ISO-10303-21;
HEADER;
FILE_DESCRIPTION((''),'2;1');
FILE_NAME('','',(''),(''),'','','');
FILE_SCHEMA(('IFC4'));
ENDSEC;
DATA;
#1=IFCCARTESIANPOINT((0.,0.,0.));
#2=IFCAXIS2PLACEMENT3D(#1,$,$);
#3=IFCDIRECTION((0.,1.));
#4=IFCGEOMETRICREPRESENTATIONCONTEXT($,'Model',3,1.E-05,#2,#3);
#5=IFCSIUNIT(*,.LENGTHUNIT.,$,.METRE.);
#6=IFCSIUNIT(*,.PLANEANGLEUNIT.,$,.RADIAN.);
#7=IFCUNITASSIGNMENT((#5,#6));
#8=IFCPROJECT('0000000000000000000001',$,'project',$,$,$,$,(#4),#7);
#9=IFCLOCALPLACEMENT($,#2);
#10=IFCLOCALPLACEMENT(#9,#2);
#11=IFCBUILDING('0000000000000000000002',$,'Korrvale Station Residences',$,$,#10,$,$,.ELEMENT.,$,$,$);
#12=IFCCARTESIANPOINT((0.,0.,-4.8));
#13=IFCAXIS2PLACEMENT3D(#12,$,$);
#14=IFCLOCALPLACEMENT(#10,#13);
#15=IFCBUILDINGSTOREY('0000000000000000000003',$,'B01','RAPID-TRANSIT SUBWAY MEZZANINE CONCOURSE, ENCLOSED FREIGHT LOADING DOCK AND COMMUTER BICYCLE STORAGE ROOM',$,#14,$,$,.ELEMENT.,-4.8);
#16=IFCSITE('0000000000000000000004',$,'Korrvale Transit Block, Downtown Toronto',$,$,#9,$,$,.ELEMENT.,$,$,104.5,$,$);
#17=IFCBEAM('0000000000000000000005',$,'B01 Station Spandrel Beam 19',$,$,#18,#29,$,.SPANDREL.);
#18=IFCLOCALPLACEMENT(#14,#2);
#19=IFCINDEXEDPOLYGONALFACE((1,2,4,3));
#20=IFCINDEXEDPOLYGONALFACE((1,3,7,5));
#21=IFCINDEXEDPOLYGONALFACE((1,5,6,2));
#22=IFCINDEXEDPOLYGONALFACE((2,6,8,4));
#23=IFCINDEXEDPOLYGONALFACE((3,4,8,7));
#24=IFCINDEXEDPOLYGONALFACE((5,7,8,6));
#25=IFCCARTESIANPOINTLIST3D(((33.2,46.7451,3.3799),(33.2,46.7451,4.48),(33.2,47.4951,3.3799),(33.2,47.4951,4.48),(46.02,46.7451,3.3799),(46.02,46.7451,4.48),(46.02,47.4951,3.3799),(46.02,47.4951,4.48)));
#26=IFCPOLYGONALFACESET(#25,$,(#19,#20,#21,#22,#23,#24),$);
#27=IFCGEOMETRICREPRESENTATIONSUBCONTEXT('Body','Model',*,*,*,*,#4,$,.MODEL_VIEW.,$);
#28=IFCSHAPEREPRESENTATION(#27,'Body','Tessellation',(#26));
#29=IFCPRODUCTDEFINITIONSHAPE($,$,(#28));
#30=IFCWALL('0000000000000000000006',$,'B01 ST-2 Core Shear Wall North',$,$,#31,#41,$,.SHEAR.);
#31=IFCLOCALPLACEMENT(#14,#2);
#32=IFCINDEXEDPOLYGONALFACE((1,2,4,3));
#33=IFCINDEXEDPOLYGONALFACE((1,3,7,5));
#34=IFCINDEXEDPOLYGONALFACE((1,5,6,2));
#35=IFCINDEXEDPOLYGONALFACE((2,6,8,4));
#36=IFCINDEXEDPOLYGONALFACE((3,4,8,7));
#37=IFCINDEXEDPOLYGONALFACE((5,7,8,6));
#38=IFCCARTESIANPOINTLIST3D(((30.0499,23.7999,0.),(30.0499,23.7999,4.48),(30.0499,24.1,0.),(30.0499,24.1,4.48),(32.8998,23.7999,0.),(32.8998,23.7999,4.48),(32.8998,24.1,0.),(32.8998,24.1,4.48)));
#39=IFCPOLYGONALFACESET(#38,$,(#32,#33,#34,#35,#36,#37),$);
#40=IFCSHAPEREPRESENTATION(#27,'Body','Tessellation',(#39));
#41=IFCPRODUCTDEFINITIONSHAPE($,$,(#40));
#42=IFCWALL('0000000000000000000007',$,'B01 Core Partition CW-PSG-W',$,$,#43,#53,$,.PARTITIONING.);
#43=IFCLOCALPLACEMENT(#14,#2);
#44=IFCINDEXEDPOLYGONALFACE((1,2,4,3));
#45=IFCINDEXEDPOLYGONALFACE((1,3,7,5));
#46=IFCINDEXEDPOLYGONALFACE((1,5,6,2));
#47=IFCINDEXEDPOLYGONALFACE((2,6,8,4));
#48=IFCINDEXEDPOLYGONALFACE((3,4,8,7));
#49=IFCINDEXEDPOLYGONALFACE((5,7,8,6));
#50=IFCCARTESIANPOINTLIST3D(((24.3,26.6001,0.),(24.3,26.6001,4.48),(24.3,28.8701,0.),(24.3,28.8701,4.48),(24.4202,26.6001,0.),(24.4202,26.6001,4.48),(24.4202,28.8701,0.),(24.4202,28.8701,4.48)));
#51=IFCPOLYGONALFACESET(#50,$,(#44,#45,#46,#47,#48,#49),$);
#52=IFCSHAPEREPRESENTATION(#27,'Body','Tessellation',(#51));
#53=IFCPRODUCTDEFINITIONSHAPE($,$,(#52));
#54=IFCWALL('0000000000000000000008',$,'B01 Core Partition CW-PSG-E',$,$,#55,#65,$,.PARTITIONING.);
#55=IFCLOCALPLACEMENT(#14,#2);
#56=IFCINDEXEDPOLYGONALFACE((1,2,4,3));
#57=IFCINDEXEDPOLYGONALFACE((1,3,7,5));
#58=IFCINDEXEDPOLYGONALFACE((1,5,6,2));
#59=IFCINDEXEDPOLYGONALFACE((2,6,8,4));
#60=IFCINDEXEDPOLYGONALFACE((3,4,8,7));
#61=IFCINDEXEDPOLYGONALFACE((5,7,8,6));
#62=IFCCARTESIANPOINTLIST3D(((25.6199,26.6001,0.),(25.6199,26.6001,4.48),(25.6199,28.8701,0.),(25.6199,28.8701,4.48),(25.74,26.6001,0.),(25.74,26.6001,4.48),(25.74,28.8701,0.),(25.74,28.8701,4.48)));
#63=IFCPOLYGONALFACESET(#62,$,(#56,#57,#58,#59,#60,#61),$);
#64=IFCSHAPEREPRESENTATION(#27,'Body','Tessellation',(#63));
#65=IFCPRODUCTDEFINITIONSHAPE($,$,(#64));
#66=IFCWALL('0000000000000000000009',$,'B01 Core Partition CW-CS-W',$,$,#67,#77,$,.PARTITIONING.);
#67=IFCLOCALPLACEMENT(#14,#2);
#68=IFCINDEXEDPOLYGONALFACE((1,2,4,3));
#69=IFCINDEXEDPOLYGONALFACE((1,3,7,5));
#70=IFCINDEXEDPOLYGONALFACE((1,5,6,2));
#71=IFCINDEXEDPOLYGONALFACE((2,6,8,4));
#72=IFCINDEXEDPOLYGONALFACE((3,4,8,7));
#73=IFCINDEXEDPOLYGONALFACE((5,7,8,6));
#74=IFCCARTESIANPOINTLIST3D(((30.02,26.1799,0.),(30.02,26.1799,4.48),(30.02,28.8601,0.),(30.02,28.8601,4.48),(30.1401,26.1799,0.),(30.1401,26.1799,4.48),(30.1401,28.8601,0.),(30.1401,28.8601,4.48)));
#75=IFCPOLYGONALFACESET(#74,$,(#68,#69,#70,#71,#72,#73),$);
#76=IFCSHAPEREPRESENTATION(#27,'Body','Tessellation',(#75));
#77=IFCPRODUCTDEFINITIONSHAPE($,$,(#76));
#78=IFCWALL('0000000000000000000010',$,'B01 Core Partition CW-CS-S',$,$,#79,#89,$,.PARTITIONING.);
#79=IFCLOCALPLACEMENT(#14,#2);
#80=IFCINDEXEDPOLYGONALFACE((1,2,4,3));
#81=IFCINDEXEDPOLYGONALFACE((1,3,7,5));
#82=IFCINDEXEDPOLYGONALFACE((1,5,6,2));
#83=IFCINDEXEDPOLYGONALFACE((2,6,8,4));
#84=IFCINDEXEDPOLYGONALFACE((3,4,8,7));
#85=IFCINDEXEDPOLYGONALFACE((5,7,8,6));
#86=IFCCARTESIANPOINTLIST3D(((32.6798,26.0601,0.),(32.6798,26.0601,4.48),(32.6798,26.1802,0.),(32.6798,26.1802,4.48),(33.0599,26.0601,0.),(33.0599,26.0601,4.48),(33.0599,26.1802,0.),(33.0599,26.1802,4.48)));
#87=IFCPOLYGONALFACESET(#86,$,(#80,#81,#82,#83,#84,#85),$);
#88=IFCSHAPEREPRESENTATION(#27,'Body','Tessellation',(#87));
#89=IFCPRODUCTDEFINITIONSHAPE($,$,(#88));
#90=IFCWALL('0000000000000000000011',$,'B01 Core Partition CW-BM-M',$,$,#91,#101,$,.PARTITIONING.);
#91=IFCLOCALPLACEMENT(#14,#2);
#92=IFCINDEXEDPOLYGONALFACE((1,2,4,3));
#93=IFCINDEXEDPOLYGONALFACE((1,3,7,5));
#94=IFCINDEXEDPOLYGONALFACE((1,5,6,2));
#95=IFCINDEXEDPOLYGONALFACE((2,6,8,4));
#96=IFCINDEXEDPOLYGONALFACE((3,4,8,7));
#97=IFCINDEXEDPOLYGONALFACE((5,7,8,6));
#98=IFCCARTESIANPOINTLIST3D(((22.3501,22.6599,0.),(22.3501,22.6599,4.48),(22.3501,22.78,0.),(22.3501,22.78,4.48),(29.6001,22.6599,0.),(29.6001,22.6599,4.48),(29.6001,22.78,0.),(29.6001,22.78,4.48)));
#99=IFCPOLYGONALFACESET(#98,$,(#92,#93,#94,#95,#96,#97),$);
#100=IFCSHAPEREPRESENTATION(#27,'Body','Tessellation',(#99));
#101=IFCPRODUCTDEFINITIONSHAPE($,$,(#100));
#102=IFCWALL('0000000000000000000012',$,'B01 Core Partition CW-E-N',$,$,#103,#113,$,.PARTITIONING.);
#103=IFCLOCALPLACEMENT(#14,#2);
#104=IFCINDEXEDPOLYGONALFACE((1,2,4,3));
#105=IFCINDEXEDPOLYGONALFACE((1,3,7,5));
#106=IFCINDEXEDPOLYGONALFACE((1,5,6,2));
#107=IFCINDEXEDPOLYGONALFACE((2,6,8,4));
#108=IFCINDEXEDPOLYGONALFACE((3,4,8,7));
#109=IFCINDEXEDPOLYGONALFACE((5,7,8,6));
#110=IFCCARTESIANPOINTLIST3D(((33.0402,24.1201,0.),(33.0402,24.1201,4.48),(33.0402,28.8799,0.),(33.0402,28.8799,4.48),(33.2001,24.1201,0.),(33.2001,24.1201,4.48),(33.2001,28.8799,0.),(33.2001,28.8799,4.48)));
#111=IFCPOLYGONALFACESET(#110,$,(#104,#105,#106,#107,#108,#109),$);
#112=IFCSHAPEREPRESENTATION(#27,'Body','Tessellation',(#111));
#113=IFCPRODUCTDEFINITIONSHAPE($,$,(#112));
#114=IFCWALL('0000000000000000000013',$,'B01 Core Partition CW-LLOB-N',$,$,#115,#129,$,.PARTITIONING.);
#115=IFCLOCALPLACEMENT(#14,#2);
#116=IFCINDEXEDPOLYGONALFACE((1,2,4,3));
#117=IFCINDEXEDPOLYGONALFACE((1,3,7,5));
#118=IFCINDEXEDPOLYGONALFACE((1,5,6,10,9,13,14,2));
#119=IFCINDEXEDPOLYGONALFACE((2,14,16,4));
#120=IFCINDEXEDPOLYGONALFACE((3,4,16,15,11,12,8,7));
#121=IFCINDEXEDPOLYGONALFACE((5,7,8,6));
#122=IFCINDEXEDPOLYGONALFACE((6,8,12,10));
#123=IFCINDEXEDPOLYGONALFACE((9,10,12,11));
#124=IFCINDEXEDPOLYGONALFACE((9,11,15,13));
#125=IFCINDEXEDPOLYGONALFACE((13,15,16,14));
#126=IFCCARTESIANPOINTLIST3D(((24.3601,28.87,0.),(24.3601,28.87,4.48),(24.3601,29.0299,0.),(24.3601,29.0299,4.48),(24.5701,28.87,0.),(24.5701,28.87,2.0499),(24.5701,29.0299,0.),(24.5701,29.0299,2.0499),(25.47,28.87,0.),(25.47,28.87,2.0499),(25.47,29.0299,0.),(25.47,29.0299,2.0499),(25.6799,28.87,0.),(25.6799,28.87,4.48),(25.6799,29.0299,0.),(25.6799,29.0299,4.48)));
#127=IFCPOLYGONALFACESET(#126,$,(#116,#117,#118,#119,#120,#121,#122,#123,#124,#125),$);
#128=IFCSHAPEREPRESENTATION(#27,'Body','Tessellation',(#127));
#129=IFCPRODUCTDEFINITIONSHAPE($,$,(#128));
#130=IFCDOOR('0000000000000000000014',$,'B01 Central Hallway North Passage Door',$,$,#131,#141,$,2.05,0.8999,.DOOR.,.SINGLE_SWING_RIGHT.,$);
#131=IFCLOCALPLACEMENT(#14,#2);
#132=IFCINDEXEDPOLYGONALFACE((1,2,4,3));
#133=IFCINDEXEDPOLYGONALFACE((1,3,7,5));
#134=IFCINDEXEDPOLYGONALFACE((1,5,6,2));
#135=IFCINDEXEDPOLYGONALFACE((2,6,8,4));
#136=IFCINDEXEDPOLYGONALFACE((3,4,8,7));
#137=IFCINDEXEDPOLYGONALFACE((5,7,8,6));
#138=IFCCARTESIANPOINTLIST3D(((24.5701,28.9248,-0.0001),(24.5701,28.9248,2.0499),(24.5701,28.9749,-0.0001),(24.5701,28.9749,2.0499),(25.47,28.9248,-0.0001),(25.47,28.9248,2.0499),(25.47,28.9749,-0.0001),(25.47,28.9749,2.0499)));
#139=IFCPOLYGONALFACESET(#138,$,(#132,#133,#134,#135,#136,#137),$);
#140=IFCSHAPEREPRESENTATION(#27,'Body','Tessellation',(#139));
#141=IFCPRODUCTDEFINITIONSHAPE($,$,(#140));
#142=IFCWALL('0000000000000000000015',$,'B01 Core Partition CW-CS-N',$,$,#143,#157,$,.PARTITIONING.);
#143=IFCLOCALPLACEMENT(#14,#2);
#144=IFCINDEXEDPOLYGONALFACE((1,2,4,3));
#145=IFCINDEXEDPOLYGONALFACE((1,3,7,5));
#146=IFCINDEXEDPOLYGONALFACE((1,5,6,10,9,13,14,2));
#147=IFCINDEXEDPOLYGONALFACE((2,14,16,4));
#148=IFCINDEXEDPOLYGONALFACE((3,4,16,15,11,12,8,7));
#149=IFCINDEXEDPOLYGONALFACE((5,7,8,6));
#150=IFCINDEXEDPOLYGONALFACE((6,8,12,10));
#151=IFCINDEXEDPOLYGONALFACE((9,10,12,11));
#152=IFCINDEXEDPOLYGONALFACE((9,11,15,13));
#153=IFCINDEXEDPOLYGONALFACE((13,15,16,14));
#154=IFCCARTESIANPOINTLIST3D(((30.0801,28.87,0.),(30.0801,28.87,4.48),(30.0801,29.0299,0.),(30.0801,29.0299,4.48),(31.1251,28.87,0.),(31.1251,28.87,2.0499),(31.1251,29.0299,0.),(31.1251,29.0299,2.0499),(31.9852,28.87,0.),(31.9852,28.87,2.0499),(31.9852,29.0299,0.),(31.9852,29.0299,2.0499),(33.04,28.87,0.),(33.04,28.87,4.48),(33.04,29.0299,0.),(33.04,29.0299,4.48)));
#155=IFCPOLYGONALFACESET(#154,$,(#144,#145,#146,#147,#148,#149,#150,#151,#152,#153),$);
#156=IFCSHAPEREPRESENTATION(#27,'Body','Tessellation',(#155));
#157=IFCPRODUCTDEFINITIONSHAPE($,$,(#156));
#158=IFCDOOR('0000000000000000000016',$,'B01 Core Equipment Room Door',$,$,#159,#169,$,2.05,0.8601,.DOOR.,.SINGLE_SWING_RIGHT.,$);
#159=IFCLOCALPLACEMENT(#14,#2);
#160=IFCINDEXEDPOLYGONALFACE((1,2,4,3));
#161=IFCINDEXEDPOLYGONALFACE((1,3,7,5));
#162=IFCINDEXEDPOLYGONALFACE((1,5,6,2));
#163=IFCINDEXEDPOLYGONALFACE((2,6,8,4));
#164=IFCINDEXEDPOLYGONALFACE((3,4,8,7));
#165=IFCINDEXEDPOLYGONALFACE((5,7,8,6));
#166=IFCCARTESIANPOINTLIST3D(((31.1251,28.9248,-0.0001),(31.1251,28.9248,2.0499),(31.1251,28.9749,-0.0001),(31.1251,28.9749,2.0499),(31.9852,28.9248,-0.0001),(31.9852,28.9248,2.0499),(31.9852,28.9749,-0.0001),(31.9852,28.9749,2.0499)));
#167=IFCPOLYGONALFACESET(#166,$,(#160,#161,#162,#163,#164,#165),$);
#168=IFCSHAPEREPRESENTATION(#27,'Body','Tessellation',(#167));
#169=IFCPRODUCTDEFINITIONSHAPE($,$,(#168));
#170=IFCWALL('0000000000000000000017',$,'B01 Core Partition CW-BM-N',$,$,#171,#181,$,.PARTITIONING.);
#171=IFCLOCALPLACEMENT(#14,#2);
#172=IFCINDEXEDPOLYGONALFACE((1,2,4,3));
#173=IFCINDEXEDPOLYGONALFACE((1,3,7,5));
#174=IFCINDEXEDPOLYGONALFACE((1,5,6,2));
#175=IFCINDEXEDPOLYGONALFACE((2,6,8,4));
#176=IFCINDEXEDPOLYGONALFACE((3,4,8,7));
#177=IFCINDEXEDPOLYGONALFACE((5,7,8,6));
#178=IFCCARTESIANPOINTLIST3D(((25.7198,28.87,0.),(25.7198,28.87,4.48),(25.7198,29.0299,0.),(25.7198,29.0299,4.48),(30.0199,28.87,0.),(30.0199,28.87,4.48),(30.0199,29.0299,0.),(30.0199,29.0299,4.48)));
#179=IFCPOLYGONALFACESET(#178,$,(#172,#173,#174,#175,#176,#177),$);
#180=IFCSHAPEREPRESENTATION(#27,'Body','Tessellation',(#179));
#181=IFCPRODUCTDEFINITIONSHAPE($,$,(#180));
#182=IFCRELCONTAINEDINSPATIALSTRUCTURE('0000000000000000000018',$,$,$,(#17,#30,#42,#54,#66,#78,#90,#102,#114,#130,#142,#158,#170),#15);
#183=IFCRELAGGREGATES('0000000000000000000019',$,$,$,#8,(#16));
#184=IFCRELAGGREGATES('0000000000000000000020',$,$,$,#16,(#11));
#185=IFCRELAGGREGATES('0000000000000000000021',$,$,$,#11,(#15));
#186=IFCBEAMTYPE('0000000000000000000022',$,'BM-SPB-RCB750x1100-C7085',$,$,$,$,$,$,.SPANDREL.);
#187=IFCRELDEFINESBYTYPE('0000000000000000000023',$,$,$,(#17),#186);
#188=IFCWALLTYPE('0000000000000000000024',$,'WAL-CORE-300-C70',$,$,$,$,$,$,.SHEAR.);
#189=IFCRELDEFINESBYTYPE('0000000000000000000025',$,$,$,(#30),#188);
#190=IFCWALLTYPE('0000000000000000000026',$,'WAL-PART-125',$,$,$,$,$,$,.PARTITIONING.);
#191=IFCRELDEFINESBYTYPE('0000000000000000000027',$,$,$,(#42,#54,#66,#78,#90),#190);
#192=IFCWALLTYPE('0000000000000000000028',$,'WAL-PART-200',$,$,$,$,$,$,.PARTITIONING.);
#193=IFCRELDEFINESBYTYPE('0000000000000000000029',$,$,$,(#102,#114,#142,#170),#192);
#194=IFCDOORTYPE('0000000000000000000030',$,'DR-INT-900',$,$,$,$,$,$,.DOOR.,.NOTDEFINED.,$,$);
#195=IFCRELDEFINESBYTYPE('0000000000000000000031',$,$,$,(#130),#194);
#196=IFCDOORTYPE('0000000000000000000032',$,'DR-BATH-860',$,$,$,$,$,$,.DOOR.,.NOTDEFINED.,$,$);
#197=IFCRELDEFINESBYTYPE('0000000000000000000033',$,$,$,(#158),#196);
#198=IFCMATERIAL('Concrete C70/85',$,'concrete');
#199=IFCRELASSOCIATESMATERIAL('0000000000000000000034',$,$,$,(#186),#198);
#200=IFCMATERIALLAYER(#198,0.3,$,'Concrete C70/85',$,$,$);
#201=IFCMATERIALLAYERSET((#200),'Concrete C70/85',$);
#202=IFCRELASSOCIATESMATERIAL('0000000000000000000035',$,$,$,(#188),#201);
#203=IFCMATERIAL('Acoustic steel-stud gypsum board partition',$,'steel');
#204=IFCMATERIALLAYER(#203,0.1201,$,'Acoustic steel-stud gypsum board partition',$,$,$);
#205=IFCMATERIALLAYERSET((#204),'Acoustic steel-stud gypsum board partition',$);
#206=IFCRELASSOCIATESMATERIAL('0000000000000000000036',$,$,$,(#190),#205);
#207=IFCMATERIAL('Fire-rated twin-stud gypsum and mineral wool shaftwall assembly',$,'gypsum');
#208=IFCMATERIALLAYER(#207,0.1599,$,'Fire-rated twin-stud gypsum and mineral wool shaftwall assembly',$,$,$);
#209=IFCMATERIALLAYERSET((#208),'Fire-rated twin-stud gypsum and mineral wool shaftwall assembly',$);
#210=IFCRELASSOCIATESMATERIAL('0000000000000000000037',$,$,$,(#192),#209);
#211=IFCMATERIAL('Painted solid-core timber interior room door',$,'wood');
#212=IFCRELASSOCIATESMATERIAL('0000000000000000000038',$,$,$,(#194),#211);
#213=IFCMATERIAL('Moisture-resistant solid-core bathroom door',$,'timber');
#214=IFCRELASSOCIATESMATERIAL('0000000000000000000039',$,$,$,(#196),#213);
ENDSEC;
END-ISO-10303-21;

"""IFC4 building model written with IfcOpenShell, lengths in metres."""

from ifc_helpers import new_model, si_unit, direction, frame, frame_2d, origin, origin_2d, place, context, subcontext, project, spatial, rectangle, extrude, material, layer, layer_set, material_profile, profile_set, type_object, element, fill, save


model = new_model("IFC4")

# Units and contexts
model_context = context("Model", 3, precision=1e-05, world=origin(), true_north=direction((0.0, 1.0)))
body_context = subcontext(model_context, "Body", "Model", "MODEL_VIEW")
ifc_project = project(units=[si_unit("LENGTHUNIT", "METRE"), si_unit("PLANEANGLEUNIT", "RADIAN")], contexts=[model_context])

# Site, building, storey
site_placement = place(None, origin())
site = spatial("IfcSite", under=ifc_project, at=site_placement, Name="Korrvale Transit Block, Downtown Toronto", CompositionType="ELEMENT", RefElevation=104.5)
building_placement = place(site_placement, origin())
building = spatial("IfcBuilding", under=site, at=building_placement, Name="Korrvale Station Residences", CompositionType="ELEMENT")
storey_placement = place(building_placement, frame((0.0, 0.0, -4.8)))
storey = spatial("IfcBuildingStorey", under=building, at=storey_placement, Name="B01", Description="RAPID-TRANSIT SUBWAY MEZZANINE CONCOURSE, ENCLOSED FREIGHT LOADING DOCK AND COMMUTER BICYCLE STORAGE ROOM", CompositionType="ELEMENT", Elevation=-4.8)

# Shared definitions
ifc_material_1 = material(Name="Concrete C70/85", Category="concrete")

# Beam
ifc_material_profile_1 = material_profile(ifc_material_1, rectangle(XDim=0.75, YDim=1.1001, at=origin_2d()), Name="RCB750x1100")
ifc_profile_set_1 = profile_set([ifc_material_profile_1], Name="Concrete C70/85")
beam_type_1 = type_object("IfcBeamType", Name="BM-SPB-RCB750x1100-C7085", PredefinedType="SPANDREL", material=ifc_profile_set_1)
beam_1_placement = place(storey_placement, frame((33.2, 47.1201, 3.9299), z_axis=(1.0, 0.0, 0.0), x_axis=(0.0, 1.0, 0.0)))
element("IfcBeam", 1, at=beam_1_placement, inside=storey, type_object=beam_type_1, Name="B01 Station Spandrel Beam 19", PredefinedType="SPANDREL", context=body_context, shape_type="SweptSolid", body=[
    extrude(rectangle(XDim=0.75, YDim=1.1001, at=origin_2d()), origin(), (0.0, 0.0, 1.0), 12.8201),
])

# Walls
ifc_layer_1 = layer(ifc_material_1, 0.3, Name="Concrete C70/85")
ifc_layer_set_1 = layer_set([ifc_layer_1], Name="Concrete C70/85")
wall_type_1 = type_object("IfcWallType", Name="WAL-CORE-300-C70", PredefinedType="SHEAR", material=ifc_layer_set_1)
wall_1_placement = place(storey_placement, frame((30.05, 23.95, 0.0), z_axis=(0.0, 0.0, 1.0), x_axis=(1.0, 0.0, 0.0)))
element("IfcWall", 2, at=wall_1_placement, inside=storey, type_object=wall_type_1, Name="B01 ST-2 Core Shear Wall North", PredefinedType="SHEAR", context=body_context, shape_type="SweptSolid", body=[
    extrude(rectangle(XDim=2.8499, YDim=0.3, at=frame_2d((1.4248, 0.0))), origin(), (0.0, 0.0, 1.0), 4.48),
])
ifc_material_2 = material(Name="Acoustic steel-stud gypsum board partition", Category="steel")
ifc_layer_2 = layer(ifc_material_2, 0.1201, Name="Acoustic steel-stud gypsum board partition")
ifc_layer_set_2 = layer_set([ifc_layer_2], Name="Acoustic steel-stud gypsum board partition")
wall_type_2 = type_object("IfcWallType", Name="WAL-PART-125", PredefinedType="PARTITIONING", material=ifc_layer_set_2)
for number, where, z_axis, x_axis, name in (
    (3, (24.3601, 26.6001, 0.0), (0.0, 0.0, 1.0), (0.0, 1.0, 0.0), "B01 Core Partition CW-PSG-W"),
    (4, (25.6799, 26.6001, 0.0), (0.0, 0.0, 1.0), (0.0, 1.0, 0.0), "B01 Core Partition CW-PSG-E"),
):
    element("IfcWall", number, at=place(storey_placement, frame(where, z_axis=z_axis, x_axis=x_axis)), inside=storey, type_object=wall_type_2, Name=name, PredefinedType="PARTITIONING", context=body_context, shape_type="SweptSolid", body=[
        extrude(rectangle(XDim=2.27, YDim=0.1201, at=frame_2d((1.135, 0.0))), origin(), (0.0, 0.0, 1.0), 4.48),
    ])
wall_2_placement = place(storey_placement, frame((30.0801, 26.1799, 0.0), z_axis=(0.0, 0.0, 1.0), x_axis=(0.0, 1.0, 0.0)))
element("IfcWall", 5, at=wall_2_placement, inside=storey, type_object=wall_type_2, Name="B01 Core Partition CW-CS-W", PredefinedType="PARTITIONING", context=body_context, shape_type="SweptSolid", body=[
    extrude(rectangle(XDim=2.6802, YDim=0.1201, at=frame_2d((1.3401, 0.0))), origin(), (0.0, 0.0, 1.0), 4.48),
])
wall_3_placement = place(storey_placement, frame((32.6799, 26.1201, 0.0), z_axis=(0.0, 0.0, 1.0), x_axis=(1.0, 0.0, 0.0)))
element("IfcWall", 6, at=wall_3_placement, inside=storey, type_object=wall_type_2, Name="B01 Core Partition CW-CS-S", PredefinedType="PARTITIONING", context=body_context, shape_type="SweptSolid", body=[
    extrude(rectangle(XDim=0.3801, YDim=0.1201, at=frame_2d((0.1899, 0.0))), origin(), (0.0, 0.0, 1.0), 4.48),
])
wall_4_placement = place(storey_placement, frame((22.3501, 22.72, 0.0), z_axis=(0.0, 0.0, 1.0), x_axis=(1.0, 0.0, 0.0)))
element("IfcWall", 7, at=wall_4_placement, inside=storey, type_object=wall_type_2, Name="B01 Core Partition CW-BM-M", PredefinedType="PARTITIONING", context=body_context, shape_type="SweptSolid", body=[
    extrude(rectangle(XDim=7.25, YDim=0.1201, at=frame_2d((3.625, 0.0))), origin(), (0.0, 0.0, 1.0), 4.48),
])
ifc_material_3 = material(Name="Fire-rated twin-stud gypsum and mineral wool shaftwall assembly", Category="gypsum")
ifc_layer_3 = layer(ifc_material_3, 0.1599, Name="Fire-rated twin-stud gypsum and mineral wool shaftwall assembly")
ifc_layer_set_3 = layer_set([ifc_layer_3], Name="Fire-rated twin-stud gypsum and mineral wool shaftwall assembly")
wall_type_3 = type_object("IfcWallType", Name="WAL-PART-200", PredefinedType="PARTITIONING", material=ifc_layer_set_3)
wall_5_placement = place(storey_placement, frame((33.1201, 24.1201, 0.0), z_axis=(0.0, 0.0, 1.0), x_axis=(0.0, 1.0, 0.0)))
element("IfcWall", 8, at=wall_5_placement, inside=storey, type_object=wall_type_3, Name="B01 Core Partition CW-E-N", PredefinedType="PARTITIONING", context=body_context, shape_type="SweptSolid", body=[
    extrude(rectangle(XDim=4.7598, YDim=0.1599, at=frame_2d((2.3799, 0.0))), origin(), (0.0, 0.0, 1.0), 4.48),
])

# Walls, openings, doors
wall_6_placement = place(storey_placement, frame((24.3601, 28.95, 0.0), z_axis=(0.0, 0.0, 1.0), x_axis=(1.0, 0.0, 0.0)))
wall_6 = element("IfcWall", 9, at=wall_6_placement, inside=storey, type_object=wall_type_3, Name="B01 Core Partition CW-LLOB-N", PredefinedType="PARTITIONING", context=body_context, shape_type="SweptSolid", body=[
    extrude(rectangle(XDim=1.3198, YDim=0.1599, at=frame_2d((0.6599, 0.0))), origin(), (0.0, 0.0, 1.0), 4.48),
])
opening_1_placement = place(wall_6_placement, frame((0.21, 0.0, 0.0)))
opening_1 = element("IfcOpeningElement", 10, at=opening_1_placement, cuts=wall_6, PredefinedType="OPENING", context=body_context, shape_type="SweptSolid", body=[
    extrude(rectangle(XDim=0.8999, YDim=2.05, at=frame_2d((0.45, 1.0249))), frame((0.0, 0.0898, 0.0), z_axis=(0.0, -1.0, 0.0), x_axis=(1.0, 0.0, 0.0)), (0.0, 0.0, 1.0), 0.1799),
])
ifc_material_4 = material(Name="Painted solid-core timber interior room door", Category="wood")
door_type_1 = type_object("IfcDoorType", Name="DR-INT-900", OperationType="NOTDEFINED", PredefinedType="DOOR", material=ifc_material_4)
door_1_placement = place(opening_1_placement, origin())
door_1 = element("IfcDoor", 11, at=door_1_placement, inside=storey, type_object=door_type_1, Name="B01 Central Hallway North Passage Door", OperationType="SINGLE_SWING_RIGHT", OverallHeight=2.05, OverallWidth=0.8999, PredefinedType="DOOR", context=body_context, shape_type="SweptSolid", body=[
    extrude(rectangle(XDim=0.8999, YDim=2.05, at=frame_2d((0.45, 1.0249))), frame((0.0, 0.0249, 0.0), z_axis=(0.0, -1.0, 0.0), x_axis=(1.0, 0.0, 0.0)), (0.0, 0.0, 1.0), 0.05),
])
fill(opening_1, door_1)
wall_7_placement = place(storey_placement, frame((30.0801, 28.95, 0.0), z_axis=(0.0, 0.0, 1.0), x_axis=(1.0, 0.0, 0.0)))
wall_7 = element("IfcWall", 12, at=wall_7_placement, inside=storey, type_object=wall_type_3, Name="B01 Core Partition CW-CS-N", PredefinedType="PARTITIONING", context=body_context, shape_type="SweptSolid", body=[
    extrude(rectangle(XDim=2.96, YDim=0.1599, at=frame_2d((1.48, 0.0))), origin(), (0.0, 0.0, 1.0), 4.48),
])
opening_2_placement = place(wall_7_placement, frame((1.0449, 0.0, 0.0)))
opening_2 = element("IfcOpeningElement", 13, at=opening_2_placement, cuts=wall_7, PredefinedType="OPENING", context=body_context, shape_type="SweptSolid", body=[
    extrude(rectangle(XDim=0.8601, YDim=2.05, at=frame_2d((0.4302, 1.0249))), frame((0.0, 0.0898, 0.0), z_axis=(0.0, -1.0, 0.0), x_axis=(1.0, 0.0, 0.0)), (0.0, 0.0, 1.0), 0.1799),
])
ifc_material_5 = material(Name="Moisture-resistant solid-core bathroom door", Category="timber")
door_type_2 = type_object("IfcDoorType", Name="DR-BATH-860", OperationType="NOTDEFINED", PredefinedType="DOOR", material=ifc_material_5)
door_2_placement = place(opening_2_placement, origin())
door_2 = element("IfcDoor", 14, at=door_2_placement, inside=storey, type_object=door_type_2, Name="B01 Core Equipment Room Door", OperationType="SINGLE_SWING_RIGHT", OverallHeight=2.05, OverallWidth=0.8601, PredefinedType="DOOR", context=body_context, shape_type="SweptSolid", body=[
    extrude(rectangle(XDim=0.8601, YDim=2.05, at=frame_2d((0.4302, 1.0249))), frame((0.0, 0.0249, 0.0), z_axis=(0.0, -1.0, 0.0), x_axis=(1.0, 0.0, 0.0)), (0.0, 0.0, 1.0), 0.05),
])
fill(opening_2, door_2)

# Wall
wall_8_placement = place(storey_placement, frame((25.72, 28.95, 0.0), z_axis=(0.0, 0.0, 1.0), x_axis=(1.0, 0.0, 0.0)))
element("IfcWall", 15, at=wall_8_placement, inside=storey, type_object=wall_type_3, Name="B01 Core Partition CW-BM-N", PredefinedType="PARTITIONING", context=body_context, shape_type="SweptSolid", body=[
    extrude(rectangle(XDim=4.3, YDim=0.1599, at=frame_2d((2.1499, 0.0))), origin(), (0.0, 0.0, 1.0), 4.48),
])

save(model, "model.ifc")
